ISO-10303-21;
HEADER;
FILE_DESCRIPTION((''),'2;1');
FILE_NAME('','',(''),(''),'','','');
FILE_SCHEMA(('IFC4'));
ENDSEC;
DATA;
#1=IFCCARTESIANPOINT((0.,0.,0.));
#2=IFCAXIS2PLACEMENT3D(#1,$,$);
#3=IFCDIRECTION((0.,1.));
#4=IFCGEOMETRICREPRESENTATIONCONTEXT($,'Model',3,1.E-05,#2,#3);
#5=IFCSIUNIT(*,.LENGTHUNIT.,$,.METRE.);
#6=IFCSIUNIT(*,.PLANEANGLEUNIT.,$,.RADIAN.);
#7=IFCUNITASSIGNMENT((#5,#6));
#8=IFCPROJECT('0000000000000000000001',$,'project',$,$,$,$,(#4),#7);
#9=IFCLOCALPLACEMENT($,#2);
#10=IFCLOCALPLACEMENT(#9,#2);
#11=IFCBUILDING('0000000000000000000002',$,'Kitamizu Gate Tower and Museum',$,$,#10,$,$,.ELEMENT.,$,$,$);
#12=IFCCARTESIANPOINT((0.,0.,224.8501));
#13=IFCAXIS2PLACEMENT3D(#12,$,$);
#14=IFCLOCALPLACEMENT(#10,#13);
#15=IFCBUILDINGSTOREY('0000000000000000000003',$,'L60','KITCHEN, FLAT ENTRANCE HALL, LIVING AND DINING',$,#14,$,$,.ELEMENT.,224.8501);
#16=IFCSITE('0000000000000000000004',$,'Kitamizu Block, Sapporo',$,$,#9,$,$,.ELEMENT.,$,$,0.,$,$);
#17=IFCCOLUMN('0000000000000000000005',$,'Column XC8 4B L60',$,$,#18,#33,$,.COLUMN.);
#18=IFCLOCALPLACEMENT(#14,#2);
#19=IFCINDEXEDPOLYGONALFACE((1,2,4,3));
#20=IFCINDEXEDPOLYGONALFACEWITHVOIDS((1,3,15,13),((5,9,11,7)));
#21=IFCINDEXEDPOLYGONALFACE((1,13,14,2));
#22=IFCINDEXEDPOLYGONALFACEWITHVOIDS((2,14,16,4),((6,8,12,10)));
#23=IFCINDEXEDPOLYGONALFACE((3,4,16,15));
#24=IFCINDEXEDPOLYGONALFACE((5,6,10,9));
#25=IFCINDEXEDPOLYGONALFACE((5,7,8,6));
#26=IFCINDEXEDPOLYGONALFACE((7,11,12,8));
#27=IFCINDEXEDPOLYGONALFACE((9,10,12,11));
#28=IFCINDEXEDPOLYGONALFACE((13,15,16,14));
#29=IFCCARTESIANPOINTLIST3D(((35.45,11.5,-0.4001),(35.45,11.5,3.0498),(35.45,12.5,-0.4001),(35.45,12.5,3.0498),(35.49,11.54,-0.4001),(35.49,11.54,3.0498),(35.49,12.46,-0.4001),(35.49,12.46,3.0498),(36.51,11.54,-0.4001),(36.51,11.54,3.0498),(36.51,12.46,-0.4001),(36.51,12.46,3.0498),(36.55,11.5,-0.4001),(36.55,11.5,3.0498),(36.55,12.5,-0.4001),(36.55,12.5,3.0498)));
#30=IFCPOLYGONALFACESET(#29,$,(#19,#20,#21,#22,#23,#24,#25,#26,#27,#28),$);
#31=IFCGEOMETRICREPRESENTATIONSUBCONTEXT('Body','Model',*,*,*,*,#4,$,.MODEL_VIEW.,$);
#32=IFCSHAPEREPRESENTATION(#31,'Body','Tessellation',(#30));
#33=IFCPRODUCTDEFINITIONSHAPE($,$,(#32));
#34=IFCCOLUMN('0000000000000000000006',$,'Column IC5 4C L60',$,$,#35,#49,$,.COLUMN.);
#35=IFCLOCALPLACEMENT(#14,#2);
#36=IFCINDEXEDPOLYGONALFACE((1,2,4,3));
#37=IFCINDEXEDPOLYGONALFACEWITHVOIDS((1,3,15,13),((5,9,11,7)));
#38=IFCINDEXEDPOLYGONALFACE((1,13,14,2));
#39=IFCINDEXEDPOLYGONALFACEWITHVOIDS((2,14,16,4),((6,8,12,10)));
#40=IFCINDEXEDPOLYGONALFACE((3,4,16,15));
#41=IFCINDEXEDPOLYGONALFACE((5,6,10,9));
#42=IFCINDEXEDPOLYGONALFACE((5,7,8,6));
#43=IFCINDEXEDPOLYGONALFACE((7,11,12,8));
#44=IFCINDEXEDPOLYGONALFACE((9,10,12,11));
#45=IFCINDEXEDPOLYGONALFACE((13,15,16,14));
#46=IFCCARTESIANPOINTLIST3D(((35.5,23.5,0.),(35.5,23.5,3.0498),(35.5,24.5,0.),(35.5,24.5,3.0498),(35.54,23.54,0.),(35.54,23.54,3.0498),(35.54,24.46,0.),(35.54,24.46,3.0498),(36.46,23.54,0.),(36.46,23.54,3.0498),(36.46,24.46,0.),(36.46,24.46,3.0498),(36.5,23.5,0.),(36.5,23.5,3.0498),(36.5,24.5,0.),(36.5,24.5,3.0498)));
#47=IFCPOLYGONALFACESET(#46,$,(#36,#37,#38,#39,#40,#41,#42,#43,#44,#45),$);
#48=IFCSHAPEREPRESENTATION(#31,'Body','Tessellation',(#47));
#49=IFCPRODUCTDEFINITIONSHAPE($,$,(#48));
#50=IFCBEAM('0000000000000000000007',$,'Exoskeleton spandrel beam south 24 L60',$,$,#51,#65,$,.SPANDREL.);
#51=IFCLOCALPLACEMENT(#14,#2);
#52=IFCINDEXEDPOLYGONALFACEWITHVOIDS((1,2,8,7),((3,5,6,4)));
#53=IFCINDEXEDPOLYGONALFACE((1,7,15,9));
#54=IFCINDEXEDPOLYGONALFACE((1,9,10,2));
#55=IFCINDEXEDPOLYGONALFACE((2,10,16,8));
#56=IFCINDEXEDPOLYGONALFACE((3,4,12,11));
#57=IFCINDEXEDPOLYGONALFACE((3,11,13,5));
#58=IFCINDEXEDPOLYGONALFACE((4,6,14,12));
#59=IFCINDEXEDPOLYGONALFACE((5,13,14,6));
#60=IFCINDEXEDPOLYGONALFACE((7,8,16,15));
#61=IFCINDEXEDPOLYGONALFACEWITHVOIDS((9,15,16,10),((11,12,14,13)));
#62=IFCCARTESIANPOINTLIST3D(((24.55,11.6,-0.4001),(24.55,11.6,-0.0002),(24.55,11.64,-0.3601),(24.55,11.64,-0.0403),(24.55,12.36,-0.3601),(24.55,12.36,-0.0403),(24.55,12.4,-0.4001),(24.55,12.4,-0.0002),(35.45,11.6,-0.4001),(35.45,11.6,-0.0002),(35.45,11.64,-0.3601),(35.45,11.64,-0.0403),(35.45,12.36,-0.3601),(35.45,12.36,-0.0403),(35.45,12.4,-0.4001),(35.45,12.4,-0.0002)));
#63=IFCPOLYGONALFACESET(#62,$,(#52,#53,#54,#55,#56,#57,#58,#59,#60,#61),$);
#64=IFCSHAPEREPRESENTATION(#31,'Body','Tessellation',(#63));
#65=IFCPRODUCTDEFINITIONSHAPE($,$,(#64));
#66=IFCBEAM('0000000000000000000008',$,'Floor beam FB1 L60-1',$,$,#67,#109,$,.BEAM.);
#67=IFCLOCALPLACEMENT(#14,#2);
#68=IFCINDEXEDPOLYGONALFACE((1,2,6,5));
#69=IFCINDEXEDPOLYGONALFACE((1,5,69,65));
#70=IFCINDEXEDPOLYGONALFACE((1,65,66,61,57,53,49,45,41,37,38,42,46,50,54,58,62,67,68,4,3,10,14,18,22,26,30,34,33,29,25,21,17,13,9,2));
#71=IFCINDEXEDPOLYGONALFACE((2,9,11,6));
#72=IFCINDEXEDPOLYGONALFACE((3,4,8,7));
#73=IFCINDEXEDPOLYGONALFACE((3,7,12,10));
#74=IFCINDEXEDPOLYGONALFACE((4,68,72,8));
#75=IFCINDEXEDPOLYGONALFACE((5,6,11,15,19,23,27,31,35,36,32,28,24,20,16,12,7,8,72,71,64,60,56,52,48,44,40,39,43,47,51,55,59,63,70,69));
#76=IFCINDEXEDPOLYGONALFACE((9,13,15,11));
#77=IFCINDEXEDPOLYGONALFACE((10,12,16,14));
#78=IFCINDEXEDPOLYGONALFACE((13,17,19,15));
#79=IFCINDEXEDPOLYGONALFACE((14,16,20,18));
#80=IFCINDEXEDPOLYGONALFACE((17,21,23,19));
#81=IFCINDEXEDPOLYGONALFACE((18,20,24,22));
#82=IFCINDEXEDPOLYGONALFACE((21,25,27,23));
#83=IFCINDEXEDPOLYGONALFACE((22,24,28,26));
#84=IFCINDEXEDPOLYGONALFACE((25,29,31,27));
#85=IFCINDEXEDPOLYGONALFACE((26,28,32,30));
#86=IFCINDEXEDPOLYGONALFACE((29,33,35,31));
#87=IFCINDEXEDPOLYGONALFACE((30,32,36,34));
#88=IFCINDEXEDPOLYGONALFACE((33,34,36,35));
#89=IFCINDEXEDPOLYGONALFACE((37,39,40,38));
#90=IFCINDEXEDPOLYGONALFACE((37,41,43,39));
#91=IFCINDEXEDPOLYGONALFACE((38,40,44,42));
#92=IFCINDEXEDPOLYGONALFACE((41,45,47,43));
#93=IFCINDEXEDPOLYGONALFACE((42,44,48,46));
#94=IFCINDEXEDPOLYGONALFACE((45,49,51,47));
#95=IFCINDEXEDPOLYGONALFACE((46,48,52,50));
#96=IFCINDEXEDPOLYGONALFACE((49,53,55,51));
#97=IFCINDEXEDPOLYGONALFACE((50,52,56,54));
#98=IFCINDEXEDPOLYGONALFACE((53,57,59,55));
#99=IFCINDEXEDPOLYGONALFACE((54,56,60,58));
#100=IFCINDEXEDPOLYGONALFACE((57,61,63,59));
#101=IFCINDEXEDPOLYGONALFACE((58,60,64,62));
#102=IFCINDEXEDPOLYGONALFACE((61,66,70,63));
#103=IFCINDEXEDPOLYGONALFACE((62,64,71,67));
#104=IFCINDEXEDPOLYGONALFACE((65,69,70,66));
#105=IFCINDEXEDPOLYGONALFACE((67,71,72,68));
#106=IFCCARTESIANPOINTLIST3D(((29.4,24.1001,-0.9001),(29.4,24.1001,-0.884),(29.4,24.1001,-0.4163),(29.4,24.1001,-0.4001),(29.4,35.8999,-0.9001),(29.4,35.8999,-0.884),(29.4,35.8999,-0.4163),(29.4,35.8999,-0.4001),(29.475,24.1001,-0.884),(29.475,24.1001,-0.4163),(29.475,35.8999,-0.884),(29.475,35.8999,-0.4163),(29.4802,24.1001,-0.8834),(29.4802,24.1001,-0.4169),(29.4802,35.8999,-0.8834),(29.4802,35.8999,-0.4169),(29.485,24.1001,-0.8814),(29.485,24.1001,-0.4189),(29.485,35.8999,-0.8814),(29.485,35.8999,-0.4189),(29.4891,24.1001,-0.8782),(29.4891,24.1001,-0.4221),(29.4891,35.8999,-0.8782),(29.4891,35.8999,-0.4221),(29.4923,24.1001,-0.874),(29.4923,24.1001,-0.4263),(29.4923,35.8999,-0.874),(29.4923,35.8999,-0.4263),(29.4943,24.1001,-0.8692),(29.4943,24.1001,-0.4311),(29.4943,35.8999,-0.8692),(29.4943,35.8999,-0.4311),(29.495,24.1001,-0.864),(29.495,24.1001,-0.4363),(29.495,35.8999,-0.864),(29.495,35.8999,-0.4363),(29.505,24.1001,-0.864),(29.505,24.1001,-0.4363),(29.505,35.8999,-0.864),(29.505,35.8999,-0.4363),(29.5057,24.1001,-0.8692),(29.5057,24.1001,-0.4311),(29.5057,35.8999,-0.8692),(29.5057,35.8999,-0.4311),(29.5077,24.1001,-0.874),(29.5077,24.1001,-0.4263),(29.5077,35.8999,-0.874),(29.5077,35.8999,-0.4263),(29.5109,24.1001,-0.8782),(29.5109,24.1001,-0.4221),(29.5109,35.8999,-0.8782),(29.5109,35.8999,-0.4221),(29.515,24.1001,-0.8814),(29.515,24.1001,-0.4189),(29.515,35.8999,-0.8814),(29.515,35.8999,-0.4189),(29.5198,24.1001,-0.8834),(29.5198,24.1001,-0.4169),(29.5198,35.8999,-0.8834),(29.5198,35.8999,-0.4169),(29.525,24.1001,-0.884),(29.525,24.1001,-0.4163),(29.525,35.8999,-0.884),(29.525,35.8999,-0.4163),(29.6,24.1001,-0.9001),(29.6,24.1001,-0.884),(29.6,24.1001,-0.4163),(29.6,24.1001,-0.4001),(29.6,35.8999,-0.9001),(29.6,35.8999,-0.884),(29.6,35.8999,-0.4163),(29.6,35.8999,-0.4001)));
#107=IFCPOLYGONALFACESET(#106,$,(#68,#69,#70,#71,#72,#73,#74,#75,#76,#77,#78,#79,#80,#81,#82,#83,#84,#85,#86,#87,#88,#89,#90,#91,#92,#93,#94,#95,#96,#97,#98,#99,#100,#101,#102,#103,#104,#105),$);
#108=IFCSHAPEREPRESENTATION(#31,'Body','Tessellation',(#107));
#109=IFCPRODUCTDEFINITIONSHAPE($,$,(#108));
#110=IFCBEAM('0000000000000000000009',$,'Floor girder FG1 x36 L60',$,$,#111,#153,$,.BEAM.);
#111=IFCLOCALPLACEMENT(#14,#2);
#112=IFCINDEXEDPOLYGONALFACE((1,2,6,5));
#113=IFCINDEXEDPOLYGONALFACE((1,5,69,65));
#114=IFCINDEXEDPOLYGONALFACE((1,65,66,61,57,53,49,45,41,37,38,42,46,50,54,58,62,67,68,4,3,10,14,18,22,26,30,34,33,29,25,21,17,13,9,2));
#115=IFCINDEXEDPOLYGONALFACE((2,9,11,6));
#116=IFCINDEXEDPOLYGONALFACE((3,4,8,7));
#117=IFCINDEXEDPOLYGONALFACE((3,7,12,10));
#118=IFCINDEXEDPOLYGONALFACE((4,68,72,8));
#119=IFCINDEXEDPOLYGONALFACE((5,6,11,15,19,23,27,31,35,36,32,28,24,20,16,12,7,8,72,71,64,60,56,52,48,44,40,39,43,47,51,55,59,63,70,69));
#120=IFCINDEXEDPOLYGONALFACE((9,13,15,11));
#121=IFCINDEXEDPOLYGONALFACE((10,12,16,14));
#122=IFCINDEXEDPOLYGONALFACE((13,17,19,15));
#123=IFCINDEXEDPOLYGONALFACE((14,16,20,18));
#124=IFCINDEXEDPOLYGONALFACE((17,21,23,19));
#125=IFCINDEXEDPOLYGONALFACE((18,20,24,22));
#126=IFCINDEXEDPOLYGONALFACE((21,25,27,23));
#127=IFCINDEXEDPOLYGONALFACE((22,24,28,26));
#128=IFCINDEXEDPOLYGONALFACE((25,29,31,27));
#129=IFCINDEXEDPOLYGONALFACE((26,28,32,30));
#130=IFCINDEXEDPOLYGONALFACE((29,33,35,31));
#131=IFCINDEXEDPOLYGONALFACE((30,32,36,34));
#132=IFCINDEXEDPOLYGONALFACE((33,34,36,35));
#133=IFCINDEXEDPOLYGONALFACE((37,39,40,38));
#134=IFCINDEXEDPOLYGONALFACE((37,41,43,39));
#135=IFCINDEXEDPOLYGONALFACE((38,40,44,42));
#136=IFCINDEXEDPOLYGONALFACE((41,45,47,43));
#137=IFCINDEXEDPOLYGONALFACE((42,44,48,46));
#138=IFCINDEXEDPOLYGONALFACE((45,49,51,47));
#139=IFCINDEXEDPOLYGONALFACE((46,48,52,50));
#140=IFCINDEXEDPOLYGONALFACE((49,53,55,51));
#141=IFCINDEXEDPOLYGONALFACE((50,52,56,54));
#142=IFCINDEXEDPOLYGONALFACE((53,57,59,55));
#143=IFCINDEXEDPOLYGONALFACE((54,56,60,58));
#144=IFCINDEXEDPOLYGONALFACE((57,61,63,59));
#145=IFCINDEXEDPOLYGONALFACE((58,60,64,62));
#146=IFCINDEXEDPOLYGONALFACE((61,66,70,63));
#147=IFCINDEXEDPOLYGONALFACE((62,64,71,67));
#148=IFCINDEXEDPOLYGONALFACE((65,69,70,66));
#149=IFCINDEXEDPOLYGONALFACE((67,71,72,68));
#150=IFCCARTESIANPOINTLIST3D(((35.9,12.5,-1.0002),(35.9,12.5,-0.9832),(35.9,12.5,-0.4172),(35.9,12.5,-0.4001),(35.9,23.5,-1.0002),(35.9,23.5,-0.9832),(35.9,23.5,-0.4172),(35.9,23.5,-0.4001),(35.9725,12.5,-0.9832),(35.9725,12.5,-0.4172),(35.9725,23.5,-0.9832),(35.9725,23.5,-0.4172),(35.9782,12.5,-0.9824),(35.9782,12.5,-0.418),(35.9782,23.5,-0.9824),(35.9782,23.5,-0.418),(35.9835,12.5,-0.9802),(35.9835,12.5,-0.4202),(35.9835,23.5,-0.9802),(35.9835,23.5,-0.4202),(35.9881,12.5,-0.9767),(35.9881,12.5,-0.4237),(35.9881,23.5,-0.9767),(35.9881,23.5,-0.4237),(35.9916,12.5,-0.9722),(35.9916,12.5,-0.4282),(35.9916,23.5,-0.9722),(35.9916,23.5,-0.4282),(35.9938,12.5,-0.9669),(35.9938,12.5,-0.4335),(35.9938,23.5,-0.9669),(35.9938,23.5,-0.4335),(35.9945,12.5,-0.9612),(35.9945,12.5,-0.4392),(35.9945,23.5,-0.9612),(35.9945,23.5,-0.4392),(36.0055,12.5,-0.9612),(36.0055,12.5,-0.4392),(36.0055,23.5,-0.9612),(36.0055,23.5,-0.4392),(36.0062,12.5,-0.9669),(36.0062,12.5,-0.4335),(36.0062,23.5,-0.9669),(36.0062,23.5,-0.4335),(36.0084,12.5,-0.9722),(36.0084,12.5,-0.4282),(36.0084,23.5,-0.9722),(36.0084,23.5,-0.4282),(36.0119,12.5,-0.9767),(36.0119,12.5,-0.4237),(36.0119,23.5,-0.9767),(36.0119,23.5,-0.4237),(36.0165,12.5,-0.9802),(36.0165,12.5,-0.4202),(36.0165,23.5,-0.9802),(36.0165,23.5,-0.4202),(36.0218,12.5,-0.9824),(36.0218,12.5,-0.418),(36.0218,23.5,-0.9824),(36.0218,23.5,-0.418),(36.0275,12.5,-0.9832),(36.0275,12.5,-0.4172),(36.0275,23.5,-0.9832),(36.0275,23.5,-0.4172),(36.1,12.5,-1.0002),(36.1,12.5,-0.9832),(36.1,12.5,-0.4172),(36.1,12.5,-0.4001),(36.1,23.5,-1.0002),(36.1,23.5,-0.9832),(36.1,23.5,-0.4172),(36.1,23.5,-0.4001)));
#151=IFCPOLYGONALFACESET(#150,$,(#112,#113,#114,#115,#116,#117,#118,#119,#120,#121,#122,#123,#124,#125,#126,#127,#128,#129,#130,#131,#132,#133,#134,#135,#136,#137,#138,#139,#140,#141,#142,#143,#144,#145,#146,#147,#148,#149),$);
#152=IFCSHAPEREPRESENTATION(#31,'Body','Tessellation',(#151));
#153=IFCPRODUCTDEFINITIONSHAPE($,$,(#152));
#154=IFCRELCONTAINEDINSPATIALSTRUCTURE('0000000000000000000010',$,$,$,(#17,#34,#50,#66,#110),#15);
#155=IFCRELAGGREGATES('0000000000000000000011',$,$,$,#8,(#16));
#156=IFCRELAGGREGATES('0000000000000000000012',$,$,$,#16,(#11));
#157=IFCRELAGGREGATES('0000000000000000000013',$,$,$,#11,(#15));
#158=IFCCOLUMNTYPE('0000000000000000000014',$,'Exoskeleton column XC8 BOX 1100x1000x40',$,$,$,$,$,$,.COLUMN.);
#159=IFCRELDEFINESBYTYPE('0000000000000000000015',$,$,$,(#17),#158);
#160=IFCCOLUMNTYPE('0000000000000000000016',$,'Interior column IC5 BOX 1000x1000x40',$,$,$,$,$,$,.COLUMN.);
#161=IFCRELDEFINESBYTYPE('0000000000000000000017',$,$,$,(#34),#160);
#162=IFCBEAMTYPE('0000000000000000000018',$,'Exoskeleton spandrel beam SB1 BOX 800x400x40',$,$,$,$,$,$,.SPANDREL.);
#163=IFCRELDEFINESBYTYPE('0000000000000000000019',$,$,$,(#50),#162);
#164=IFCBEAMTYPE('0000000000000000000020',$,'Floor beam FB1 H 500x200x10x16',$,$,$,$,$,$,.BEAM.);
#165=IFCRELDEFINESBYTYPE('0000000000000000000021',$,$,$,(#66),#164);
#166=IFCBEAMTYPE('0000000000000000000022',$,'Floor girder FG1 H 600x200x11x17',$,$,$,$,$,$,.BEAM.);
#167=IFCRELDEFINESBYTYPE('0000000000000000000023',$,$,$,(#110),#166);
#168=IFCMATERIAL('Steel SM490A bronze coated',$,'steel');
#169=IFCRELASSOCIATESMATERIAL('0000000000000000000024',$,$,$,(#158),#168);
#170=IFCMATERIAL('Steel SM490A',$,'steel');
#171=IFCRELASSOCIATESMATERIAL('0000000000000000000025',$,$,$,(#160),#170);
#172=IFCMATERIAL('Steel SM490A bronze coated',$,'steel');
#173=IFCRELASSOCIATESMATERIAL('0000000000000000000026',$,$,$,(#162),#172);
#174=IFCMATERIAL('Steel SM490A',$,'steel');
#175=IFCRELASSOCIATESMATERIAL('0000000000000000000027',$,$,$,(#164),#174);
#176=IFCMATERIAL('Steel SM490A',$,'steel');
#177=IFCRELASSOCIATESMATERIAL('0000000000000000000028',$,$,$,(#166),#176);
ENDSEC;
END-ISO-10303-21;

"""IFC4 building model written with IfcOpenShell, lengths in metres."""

from ifc_helpers import new_model, si_unit, direction, frame, origin, origin_2d, place, context, subcontext, project, spatial, hollow_rectangle, i_section, extrude, material, material_profile, profile_set, type_object, element, save


model = new_model("IFC4")

# Units and contexts
model_context = context("Model", 3, precision=1e-05, world=origin(), true_north=direction((0.0, 1.0)))
body_context = subcontext(model_context, "Body", "Model", "MODEL_VIEW")
ifc_project = project(units=[si_unit("LENGTHUNIT", "METRE"), si_unit("PLANEANGLEUNIT", "RADIAN")], contexts=[model_context])

# Site, building, storey
site_placement = place(None, origin())
site = spatial("IfcSite", under=ifc_project, at=site_placement, Name="Kitamizu Block, Sapporo", CompositionType="ELEMENT", RefElevation=0.0)
building_placement = place(site_placement, origin())
building = spatial("IfcBuilding", under=site, at=building_placement, Name="Kitamizu Gate Tower and Museum", CompositionType="ELEMENT")
storey_placement = place(building_placement, frame((0.0, 0.0, 224.8501)))
storey = spatial("IfcBuildingStorey", under=building, at=storey_placement, Name="L60", Description="KITCHEN, FLAT ENTRANCE HALL, LIVING AND DINING", CompositionType="ELEMENT", Elevation=224.8501)

# Columns
ifc_material_1 = material(Name="Steel SM490A bronze coated", Category="steel")
ifc_material_profile_1 = material_profile(ifc_material_1, hollow_rectangle(XDim=1.1001, YDim=1.0, WallThickness=0.04, at=origin_2d()), Name="BOX 1100x1000x40")
ifc_profile_set_1 = profile_set([ifc_material_profile_1], Name="Steel SM490A bronze coated")
column_type_1 = type_object("IfcColumnType", Name="Exoskeleton column XC8 BOX 1100x1000x40", PredefinedType="COLUMN", material=ifc_profile_set_1)
column_1_placement = place(storey_placement, frame((36.0, 12.0, -0.4001), z_axis=(0.0, 0.0, 1.0), x_axis=(1.0, 0.0, 0.0)))
element("IfcColumn", 1, at=column_1_placement, inside=storey, type_object=column_type_1, Name="Column XC8 4B L60", PredefinedType="COLUMN", context=body_context, shape_type="SweptSolid", body=[
    extrude(hollow_rectangle(XDim=1.1001, YDim=1.0, WallThickness=0.04, at=origin_2d()), origin(), (0.0, 0.0, 1.0), 3.45),
])
ifc_material_2 = material(Name="Steel SM490A", Category="steel")
ifc_material_profile_2 = material_profile(ifc_material_2, hollow_rectangle(XDim=1.0, YDim=1.0, WallThickness=0.04, at=origin_2d()), Name="BOX 1000x1000x40")
ifc_profile_set_2 = profile_set([ifc_material_profile_2], Name="Steel SM490A")
column_type_2 = type_object("IfcColumnType", Name="Interior column IC5 BOX 1000x1000x40", PredefinedType="COLUMN", material=ifc_profile_set_2)
column_2_placement = place(storey_placement, frame((36.0, 24.0, 0.0), z_axis=(0.0, 0.0, 1.0), x_axis=(1.0, 0.0, 0.0)))
element("IfcColumn", 2, at=column_2_placement, inside=storey, type_object=column_type_2, Name="Column IC5 4C L60", PredefinedType="COLUMN", context=body_context, shape_type="SweptSolid", body=[
    extrude(hollow_rectangle(XDim=1.0, YDim=1.0, WallThickness=0.04, at=origin_2d()), origin(), (0.0, 0.0, 1.0), 3.0498),
])

# Beams
ifc_material_3 = material(Name="Steel SM490A bronze coated", Category="steel")
ifc_material_profile_3 = material_profile(ifc_material_3, hollow_rectangle(XDim=0.8, YDim=0.3999, WallThickness=0.04, at=origin_2d()), Name="BOX 800x400x40")
ifc_profile_set_3 = profile_set([ifc_material_profile_3], Name="Steel SM490A bronze coated")
beam_type_1 = type_object("IfcBeamType", Name="Exoskeleton spandrel beam SB1 BOX 800x400x40", PredefinedType="SPANDREL", material=ifc_profile_set_3)
beam_1_placement = place(storey_placement, frame((24.55, 12.0, -0.2002), z_axis=(1.0, 0.0, 0.0), x_axis=(0.0, 1.0, 0.0)))
element("IfcBeam", 3, at=beam_1_placement, inside=storey, type_object=beam_type_1, Name="Exoskeleton spandrel beam south 24 L60", PredefinedType="SPANDREL", context=body_context, shape_type="SweptSolid", body=[
    extrude(hollow_rectangle(XDim=0.8, YDim=0.3999, WallThickness=0.04, at=origin_2d()), origin(), (0.0, 0.0, 1.0), 10.8999),
])
ifc_material_4 = material(Name="Steel SM490A", Category="steel")
ifc_material_profile_4 = material_profile(ifc_material_4, i_section(OverallWidth=0.2, OverallDepth=0.5, WebThickness=0.01, FlangeThickness=0.0161, FilletRadius=0.02, at=origin_2d()), Name="H-500x200x10x16")
ifc_profile_set_4 = profile_set([ifc_material_profile_4], Name="Steel SM490A")
beam_type_2 = type_object("IfcBeamType", Name="Floor beam FB1 H 500x200x10x16", PredefinedType="BEAM", material=ifc_profile_set_4)
beam_2_placement = place(storey_placement, frame((29.5, 24.1001, -0.6501), z_axis=(0.0, 1.0, 0.0), x_axis=(-1.0, 0.0, 0.0)))
element("IfcBeam", 4, at=beam_2_placement, inside=storey, type_object=beam_type_2, Name="Floor beam FB1 L60-1", PredefinedType="BEAM", context=body_context, shape_type="SweptSolid", body=[
    extrude(i_section(OverallWidth=0.2, OverallDepth=0.5, WebThickness=0.01, FlangeThickness=0.0161, FilletRadius=0.02, at=origin_2d()), origin(), (0.0, 0.0, 1.0), 11.7998),
])
ifc_material_5 = material(Name="Steel SM490A", Category="steel")
ifc_material_profile_5 = material_profile(ifc_material_5, i_section(OverallWidth=0.2, OverallDepth=0.6001, WebThickness=0.011, FlangeThickness=0.0171, FilletRadius=0.022, at=origin_2d()), Name="H-600x200x11x17")
ifc_profile_set_5 = profile_set([ifc_material_profile_5], Name="Steel SM490A")
beam_type_3 = type_object("IfcBeamType", Name="Floor girder FG1 H 600x200x11x17", PredefinedType="BEAM", material=ifc_profile_set_5)
for number, where, z_axis, x_axis, name in (
    (5, (36.0, 12.5, -0.7002), (0.0, 1.0, 0.0), (-1.0, 0.0, 0.0), "Floor girder FG1 x36 L60"),
):
    element("IfcBeam", number, at=place(storey_placement, frame(where, z_axis=z_axis, x_axis=x_axis)), inside=storey, type_object=beam_type_3, Name=name, PredefinedType="BEAM", context=body_context, shape_type="SweptSolid", body=[
        extrude(i_section(OverallWidth=0.2, OverallDepth=0.6001, WebThickness=0.011, FlangeThickness=0.0171, FilletRadius=0.022, at=origin_2d()), origin(), (0.0, 0.0, 1.0), 11.0),
    ])

save(model, "model.ifc")
